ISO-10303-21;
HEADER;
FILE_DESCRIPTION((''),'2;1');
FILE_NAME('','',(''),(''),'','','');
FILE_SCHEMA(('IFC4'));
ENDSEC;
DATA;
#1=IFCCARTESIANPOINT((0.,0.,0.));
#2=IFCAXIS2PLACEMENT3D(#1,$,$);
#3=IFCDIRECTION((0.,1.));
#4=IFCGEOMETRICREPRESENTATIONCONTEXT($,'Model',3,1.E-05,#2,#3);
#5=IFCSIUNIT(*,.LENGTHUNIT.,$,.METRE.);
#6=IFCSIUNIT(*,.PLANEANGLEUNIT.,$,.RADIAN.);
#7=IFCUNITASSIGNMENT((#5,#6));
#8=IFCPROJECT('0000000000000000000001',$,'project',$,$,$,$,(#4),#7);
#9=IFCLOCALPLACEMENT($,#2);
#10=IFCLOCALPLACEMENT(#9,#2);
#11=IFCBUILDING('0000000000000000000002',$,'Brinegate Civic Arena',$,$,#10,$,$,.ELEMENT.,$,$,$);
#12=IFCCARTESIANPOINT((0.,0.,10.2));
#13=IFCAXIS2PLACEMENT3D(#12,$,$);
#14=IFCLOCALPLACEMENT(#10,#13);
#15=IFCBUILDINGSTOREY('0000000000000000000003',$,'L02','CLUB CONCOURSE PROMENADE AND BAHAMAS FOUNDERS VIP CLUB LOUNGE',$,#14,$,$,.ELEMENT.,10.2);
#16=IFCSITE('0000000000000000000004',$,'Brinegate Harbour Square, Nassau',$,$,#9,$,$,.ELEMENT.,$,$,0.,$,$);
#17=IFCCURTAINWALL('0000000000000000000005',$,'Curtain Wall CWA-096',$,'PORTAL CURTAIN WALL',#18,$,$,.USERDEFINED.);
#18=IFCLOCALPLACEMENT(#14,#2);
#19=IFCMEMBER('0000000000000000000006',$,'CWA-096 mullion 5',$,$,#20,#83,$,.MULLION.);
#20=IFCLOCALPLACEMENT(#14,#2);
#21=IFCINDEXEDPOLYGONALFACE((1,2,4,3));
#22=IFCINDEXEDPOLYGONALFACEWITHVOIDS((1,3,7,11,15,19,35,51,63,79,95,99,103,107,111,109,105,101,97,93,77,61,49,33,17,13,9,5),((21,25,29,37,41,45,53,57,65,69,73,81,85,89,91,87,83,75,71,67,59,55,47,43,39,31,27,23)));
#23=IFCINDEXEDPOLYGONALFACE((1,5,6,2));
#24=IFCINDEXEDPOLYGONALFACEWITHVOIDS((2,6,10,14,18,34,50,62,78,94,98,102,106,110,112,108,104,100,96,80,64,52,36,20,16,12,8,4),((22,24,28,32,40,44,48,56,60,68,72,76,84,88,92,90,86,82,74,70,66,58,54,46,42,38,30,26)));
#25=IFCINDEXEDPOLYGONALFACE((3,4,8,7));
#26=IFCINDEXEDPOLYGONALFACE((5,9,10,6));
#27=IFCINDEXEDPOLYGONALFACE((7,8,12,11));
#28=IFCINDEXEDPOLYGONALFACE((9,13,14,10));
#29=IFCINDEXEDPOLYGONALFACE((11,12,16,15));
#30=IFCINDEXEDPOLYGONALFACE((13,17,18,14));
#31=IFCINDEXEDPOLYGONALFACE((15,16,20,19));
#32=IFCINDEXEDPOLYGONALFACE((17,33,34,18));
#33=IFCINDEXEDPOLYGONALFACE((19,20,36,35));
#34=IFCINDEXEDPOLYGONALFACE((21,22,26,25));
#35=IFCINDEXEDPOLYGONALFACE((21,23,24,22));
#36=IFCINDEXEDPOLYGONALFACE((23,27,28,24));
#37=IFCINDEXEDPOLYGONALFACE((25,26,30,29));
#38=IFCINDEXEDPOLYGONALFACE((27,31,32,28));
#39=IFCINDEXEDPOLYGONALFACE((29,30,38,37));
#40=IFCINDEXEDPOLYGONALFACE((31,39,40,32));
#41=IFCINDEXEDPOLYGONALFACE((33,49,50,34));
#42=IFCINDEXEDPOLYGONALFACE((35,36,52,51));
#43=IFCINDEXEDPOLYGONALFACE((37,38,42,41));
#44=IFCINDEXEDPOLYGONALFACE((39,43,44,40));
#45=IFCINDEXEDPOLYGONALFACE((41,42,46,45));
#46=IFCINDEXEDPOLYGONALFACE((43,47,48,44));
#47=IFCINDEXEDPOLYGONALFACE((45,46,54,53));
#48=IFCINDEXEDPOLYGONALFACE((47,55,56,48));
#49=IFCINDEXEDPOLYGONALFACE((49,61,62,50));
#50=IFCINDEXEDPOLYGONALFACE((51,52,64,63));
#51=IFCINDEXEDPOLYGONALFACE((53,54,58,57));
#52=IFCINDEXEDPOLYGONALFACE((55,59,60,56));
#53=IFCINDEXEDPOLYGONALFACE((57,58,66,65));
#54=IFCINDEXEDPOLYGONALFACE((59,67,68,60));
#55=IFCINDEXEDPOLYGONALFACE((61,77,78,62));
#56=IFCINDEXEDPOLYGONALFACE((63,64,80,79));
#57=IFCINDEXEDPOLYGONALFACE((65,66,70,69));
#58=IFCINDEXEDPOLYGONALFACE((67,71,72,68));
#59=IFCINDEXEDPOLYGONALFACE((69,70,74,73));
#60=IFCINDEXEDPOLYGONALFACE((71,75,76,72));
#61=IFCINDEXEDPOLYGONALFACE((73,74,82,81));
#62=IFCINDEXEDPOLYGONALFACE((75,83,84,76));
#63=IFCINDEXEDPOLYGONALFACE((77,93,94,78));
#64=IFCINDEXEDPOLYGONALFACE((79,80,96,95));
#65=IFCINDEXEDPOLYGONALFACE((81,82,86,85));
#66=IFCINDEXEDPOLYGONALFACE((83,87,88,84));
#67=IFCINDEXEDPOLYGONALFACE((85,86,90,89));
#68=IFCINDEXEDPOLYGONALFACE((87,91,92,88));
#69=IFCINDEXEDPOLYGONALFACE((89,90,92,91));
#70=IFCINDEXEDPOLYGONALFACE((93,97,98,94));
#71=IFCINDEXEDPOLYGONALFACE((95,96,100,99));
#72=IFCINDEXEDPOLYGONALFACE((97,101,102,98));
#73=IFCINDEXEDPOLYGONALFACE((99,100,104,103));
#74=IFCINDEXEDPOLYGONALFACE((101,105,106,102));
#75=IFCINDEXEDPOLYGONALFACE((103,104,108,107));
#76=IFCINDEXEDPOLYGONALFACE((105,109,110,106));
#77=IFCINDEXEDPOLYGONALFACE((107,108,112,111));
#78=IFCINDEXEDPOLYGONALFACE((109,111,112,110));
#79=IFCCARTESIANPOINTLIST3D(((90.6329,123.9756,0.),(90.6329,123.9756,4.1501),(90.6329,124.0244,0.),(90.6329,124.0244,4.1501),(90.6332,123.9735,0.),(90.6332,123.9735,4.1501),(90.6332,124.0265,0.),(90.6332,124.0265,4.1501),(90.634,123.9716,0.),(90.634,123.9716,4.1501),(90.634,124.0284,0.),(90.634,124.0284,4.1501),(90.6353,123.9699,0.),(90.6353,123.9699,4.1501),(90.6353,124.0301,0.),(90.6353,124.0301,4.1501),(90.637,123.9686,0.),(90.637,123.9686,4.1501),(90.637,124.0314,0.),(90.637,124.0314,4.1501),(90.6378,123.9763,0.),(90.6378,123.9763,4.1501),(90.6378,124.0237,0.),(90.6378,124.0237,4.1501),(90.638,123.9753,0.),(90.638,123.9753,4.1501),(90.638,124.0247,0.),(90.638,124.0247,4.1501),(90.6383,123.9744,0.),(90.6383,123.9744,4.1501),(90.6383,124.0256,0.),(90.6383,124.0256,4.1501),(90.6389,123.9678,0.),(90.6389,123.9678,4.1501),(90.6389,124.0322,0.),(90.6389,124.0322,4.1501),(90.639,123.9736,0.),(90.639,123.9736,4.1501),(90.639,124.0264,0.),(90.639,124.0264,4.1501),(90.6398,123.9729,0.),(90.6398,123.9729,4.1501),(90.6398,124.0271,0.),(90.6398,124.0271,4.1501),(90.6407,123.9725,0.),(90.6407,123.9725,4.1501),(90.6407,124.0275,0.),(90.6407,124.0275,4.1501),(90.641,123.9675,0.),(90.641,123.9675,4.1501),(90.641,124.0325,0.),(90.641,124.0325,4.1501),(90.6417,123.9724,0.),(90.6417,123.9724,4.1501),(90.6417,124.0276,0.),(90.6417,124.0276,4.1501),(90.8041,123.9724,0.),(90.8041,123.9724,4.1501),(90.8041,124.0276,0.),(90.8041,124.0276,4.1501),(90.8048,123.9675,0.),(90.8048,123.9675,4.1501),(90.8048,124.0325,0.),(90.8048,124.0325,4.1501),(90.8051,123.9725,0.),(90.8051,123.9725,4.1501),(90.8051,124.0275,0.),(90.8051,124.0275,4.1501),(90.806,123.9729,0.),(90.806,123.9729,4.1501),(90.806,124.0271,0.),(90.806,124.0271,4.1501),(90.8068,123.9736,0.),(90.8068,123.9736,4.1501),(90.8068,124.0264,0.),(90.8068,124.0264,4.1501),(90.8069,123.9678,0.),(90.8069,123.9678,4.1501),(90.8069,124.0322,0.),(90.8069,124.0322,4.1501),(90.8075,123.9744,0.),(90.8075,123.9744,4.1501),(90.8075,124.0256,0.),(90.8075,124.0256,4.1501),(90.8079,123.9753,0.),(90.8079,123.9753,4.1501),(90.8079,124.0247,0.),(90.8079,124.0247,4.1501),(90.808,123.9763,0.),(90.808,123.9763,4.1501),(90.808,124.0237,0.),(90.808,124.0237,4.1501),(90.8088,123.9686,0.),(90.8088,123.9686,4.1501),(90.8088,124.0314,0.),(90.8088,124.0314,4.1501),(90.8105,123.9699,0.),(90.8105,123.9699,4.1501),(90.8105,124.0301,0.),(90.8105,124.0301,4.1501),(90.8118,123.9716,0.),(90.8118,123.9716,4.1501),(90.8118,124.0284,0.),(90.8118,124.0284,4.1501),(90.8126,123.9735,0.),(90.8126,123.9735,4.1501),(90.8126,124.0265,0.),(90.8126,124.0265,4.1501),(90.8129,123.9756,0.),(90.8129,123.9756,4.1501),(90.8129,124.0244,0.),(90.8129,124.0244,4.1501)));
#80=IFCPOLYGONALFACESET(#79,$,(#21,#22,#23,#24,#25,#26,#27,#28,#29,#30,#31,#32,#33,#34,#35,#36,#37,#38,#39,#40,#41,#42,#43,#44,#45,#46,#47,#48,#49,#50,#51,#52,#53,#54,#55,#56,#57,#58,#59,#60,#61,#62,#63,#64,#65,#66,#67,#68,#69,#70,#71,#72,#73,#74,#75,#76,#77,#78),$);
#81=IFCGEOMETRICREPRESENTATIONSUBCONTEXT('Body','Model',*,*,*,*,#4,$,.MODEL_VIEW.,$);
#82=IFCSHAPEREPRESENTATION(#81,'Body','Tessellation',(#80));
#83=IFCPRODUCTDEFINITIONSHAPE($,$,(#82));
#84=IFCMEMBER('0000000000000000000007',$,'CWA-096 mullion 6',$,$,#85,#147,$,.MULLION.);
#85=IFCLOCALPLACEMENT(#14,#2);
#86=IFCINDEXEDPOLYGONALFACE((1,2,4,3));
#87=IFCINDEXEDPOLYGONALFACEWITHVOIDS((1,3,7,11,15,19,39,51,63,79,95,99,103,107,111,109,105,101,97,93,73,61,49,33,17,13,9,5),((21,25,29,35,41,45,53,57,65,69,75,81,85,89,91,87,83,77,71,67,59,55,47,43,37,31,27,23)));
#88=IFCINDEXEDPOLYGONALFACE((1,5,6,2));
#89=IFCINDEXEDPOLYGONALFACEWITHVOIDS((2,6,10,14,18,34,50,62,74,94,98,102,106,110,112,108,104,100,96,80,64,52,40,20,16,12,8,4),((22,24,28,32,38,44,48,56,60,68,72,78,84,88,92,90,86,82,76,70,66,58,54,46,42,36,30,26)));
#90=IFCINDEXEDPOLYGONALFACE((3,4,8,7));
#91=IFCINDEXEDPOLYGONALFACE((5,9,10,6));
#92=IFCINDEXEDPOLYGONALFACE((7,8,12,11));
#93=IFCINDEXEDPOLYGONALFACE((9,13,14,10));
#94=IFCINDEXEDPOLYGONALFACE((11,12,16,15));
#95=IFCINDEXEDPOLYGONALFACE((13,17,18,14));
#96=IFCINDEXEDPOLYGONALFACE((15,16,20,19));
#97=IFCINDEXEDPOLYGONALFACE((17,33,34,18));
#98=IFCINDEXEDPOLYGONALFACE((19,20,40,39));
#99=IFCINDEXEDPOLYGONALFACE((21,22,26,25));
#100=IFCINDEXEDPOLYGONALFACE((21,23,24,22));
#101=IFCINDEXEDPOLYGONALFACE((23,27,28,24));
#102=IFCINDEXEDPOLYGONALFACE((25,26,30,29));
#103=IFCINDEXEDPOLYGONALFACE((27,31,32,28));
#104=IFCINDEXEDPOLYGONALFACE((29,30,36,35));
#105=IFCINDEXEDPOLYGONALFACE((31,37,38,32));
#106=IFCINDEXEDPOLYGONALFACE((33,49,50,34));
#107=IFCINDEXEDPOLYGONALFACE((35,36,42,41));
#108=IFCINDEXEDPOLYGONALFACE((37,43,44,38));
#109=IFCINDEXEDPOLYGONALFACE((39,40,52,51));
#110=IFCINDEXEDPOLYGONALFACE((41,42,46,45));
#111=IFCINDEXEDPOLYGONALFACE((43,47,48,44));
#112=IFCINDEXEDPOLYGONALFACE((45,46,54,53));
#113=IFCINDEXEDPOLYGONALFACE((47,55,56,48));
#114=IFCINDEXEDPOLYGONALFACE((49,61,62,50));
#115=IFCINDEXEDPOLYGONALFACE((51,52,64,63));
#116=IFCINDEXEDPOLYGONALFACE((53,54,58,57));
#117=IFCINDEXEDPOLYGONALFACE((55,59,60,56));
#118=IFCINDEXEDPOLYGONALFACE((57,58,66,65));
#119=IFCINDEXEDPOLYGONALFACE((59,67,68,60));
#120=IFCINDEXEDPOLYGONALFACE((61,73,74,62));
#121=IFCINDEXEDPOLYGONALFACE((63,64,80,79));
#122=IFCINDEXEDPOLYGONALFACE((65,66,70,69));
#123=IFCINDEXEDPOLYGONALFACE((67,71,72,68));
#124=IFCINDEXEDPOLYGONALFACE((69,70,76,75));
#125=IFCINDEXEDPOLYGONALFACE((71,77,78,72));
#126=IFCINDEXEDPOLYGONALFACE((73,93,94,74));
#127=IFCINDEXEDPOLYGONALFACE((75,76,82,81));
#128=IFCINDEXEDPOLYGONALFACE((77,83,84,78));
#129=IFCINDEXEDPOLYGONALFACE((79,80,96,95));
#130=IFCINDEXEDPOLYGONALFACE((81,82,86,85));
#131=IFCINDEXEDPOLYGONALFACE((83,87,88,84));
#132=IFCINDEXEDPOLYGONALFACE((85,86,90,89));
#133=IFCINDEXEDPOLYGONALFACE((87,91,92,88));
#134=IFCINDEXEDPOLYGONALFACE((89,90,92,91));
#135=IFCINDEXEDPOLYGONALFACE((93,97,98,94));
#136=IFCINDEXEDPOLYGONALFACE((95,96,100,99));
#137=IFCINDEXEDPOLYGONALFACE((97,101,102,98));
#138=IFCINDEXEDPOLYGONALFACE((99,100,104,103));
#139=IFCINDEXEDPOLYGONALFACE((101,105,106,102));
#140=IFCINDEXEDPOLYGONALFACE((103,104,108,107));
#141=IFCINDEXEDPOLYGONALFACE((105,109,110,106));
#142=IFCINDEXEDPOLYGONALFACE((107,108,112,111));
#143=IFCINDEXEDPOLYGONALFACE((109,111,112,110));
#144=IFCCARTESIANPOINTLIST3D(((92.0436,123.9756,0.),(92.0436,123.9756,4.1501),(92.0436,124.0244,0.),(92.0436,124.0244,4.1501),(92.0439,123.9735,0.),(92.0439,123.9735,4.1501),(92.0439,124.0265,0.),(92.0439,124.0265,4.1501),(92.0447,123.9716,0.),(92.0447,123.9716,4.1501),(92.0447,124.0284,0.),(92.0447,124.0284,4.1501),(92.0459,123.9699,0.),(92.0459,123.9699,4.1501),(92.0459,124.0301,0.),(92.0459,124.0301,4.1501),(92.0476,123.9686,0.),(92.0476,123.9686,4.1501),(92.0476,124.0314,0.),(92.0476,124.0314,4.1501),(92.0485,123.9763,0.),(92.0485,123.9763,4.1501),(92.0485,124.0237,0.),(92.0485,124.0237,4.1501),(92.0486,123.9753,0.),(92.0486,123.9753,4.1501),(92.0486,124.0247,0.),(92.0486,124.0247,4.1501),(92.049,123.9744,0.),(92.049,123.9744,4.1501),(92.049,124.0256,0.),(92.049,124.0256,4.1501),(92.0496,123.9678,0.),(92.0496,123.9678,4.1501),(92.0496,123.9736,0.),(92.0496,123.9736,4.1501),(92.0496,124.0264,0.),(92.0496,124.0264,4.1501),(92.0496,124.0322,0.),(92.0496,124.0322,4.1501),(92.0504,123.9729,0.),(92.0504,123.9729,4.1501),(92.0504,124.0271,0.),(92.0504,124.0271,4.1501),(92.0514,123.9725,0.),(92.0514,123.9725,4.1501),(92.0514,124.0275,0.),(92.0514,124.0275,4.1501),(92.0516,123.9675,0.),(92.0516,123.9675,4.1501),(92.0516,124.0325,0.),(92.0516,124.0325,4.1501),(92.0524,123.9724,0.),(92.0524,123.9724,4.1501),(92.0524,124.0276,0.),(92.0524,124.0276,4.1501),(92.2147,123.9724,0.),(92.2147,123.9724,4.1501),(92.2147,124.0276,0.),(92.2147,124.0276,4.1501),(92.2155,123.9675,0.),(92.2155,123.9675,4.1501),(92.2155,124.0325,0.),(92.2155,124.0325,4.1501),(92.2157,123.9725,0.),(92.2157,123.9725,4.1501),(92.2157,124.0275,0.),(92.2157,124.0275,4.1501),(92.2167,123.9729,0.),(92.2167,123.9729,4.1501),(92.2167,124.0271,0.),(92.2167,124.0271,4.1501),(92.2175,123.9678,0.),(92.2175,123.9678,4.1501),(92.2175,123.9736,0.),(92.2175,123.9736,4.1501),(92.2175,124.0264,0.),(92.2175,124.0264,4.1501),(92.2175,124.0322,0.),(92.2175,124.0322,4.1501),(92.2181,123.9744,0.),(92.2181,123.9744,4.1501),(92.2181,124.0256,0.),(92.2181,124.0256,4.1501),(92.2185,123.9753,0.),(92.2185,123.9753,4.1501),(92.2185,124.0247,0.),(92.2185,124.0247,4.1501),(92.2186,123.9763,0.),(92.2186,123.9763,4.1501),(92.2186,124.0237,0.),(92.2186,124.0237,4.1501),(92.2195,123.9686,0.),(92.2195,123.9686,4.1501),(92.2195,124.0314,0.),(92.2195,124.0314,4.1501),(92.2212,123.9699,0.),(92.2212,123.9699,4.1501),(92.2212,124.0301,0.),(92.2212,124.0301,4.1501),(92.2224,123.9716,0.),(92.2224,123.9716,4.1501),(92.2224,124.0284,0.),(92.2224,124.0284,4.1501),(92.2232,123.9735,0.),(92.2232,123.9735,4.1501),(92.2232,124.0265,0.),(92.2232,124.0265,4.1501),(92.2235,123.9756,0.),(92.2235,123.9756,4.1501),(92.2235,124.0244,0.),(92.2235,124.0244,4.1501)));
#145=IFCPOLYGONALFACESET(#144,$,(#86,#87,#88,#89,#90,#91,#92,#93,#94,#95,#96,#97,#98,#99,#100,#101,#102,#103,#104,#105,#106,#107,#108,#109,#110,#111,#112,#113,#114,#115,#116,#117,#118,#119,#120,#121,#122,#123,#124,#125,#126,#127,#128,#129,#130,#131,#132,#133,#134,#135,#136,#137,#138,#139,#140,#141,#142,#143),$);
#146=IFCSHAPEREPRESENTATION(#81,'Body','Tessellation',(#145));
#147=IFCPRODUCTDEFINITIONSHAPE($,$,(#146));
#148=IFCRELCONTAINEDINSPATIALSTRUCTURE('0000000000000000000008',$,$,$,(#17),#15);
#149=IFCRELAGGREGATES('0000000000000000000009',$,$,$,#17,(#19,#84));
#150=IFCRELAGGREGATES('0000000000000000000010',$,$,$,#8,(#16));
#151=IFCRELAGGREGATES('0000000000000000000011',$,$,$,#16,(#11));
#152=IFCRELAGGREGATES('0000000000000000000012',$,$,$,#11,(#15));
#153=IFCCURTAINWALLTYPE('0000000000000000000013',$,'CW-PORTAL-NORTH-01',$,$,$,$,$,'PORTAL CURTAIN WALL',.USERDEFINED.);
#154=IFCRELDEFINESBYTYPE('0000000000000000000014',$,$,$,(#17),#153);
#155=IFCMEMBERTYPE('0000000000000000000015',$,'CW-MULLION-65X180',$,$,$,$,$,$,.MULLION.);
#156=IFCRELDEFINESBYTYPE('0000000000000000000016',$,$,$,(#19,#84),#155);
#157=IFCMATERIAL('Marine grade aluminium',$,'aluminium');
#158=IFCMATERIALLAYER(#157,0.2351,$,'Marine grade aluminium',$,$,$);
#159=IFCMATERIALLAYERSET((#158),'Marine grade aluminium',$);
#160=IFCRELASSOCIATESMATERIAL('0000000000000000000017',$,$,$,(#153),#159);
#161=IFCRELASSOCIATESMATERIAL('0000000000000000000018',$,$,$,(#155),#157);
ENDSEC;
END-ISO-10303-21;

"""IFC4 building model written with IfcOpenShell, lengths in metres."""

from ifc_helpers import new_model, si_unit, direction, frame, origin, origin_2d, place, context, subcontext, project, spatial, hollow_rectangle, extrude, material, layer, layer_set, material_profile, profile_set, type_object, element, aggregate, save


model = new_model("IFC4")

# Units and contexts
model_context = context("Model", 3, precision=1e-05, world=origin(), true_north=direction((0.0, 1.0)))
body_context = subcontext(model_context, "Body", "Model", "MODEL_VIEW")
ifc_project = project(units=[si_unit("LENGTHUNIT", "METRE"), si_unit("PLANEANGLEUNIT", "RADIAN")], contexts=[model_context])

# Site, building, storey
site_placement = place(None, origin())
site = spatial("IfcSite", under=ifc_project, at=site_placement, Name="Brinegate Harbour Square, Nassau", CompositionType="ELEMENT", RefElevation=0.0)
building_placement = place(site_placement, origin())
building = spatial("IfcBuilding", under=site, at=building_placement, Name="Brinegate Civic Arena", CompositionType="ELEMENT")
storey_placement = place(building_placement, frame((0.0, 0.0, 10.2)))
storey = spatial("IfcBuildingStorey", under=building, at=storey_placement, Name="L02", Description="CLUB CONCOURSE PROMENADE AND BAHAMAS FOUNDERS VIP CLUB LOUNGE", CompositionType="ELEMENT", Elevation=10.2)

# Curtain wall, members
ifc_material_1 = material(Name="Marine grade aluminium", Category="aluminium")
ifc_layer_1 = layer(ifc_material_1, 0.2351, Name="Marine grade aluminium")
ifc_layer_set_1 = layer_set([ifc_layer_1], Name="Marine grade aluminium")
curtain_wall_type = type_object("IfcCurtainWallType", Name="CW-PORTAL-NORTH-01", ElementType="PORTAL CURTAIN WALL", PredefinedType="USERDEFINED", material=ifc_layer_set_1)
curtain_wall_placement = place(storey_placement, origin())
curtain_wall = element("IfcCurtainWall", 1, at=curtain_wall_placement, inside=storey, type_object=curtain_wall_type, Name="Curtain Wall CWA-096", ObjectType="PORTAL CURTAIN WALL", PredefinedType="USERDEFINED")
ifc_material_profile_1 = material_profile(ifc_material_1, hollow_rectangle(XDim=0.0649, YDim=0.1799, WallThickness=0.0049, InnerFilletRadius=0.0039, OuterFilletRadius=0.0081, at=origin_2d()), Name="MUL65X180")
ifc_profile_set_1 = profile_set([ifc_material_profile_1], Name="Marine grade aluminium")
member_type_1 = type_object("IfcMemberType", Name="CW-MULLION-65X180", PredefinedType="MULLION", material=ifc_profile_set_1)
member_1_placement = place(storey_placement, frame((90.7229, 124.0, 0.0), z_axis=(0.0, 0.0, 1.0), x_axis=(0.0, 1.0, 0.0)))
member_1 = element("IfcMember", 2, at=member_1_placement, type_object=member_type_1, Name="CWA-096 mullion 5", PredefinedType="MULLION", context=body_context, shape_type="SweptSolid", body=[
    extrude(hollow_rectangle(XDim=0.0649, YDim=0.1799, WallThickness=0.0049, InnerFilletRadius=0.0039, OuterFilletRadius=0.0081, at=origin_2d()), origin(), (0.0, 0.0, 1.0), 4.1501),
])
member_2_placement = place(storey_placement, frame((92.1335, 124.0, 0.0), z_axis=(0.0, 0.0, 1.0), x_axis=(0.0, 1.0, 0.0)))
member_2 = element("IfcMember", 3, at=member_2_placement, type_object=member_type_1, Name="CWA-096 mullion 6", PredefinedType="MULLION", context=body_context, shape_type="SweptSolid", body=[
    extrude(hollow_rectangle(XDim=0.0649, YDim=0.1799, WallThickness=0.0049, InnerFilletRadius=0.0039, OuterFilletRadius=0.0081, at=origin_2d()), origin(), (0.0, 0.0, 1.0), 4.1501),
])

aggregate(curtain_wall, [member_1, member_2])

save(model, "model.ifc")
